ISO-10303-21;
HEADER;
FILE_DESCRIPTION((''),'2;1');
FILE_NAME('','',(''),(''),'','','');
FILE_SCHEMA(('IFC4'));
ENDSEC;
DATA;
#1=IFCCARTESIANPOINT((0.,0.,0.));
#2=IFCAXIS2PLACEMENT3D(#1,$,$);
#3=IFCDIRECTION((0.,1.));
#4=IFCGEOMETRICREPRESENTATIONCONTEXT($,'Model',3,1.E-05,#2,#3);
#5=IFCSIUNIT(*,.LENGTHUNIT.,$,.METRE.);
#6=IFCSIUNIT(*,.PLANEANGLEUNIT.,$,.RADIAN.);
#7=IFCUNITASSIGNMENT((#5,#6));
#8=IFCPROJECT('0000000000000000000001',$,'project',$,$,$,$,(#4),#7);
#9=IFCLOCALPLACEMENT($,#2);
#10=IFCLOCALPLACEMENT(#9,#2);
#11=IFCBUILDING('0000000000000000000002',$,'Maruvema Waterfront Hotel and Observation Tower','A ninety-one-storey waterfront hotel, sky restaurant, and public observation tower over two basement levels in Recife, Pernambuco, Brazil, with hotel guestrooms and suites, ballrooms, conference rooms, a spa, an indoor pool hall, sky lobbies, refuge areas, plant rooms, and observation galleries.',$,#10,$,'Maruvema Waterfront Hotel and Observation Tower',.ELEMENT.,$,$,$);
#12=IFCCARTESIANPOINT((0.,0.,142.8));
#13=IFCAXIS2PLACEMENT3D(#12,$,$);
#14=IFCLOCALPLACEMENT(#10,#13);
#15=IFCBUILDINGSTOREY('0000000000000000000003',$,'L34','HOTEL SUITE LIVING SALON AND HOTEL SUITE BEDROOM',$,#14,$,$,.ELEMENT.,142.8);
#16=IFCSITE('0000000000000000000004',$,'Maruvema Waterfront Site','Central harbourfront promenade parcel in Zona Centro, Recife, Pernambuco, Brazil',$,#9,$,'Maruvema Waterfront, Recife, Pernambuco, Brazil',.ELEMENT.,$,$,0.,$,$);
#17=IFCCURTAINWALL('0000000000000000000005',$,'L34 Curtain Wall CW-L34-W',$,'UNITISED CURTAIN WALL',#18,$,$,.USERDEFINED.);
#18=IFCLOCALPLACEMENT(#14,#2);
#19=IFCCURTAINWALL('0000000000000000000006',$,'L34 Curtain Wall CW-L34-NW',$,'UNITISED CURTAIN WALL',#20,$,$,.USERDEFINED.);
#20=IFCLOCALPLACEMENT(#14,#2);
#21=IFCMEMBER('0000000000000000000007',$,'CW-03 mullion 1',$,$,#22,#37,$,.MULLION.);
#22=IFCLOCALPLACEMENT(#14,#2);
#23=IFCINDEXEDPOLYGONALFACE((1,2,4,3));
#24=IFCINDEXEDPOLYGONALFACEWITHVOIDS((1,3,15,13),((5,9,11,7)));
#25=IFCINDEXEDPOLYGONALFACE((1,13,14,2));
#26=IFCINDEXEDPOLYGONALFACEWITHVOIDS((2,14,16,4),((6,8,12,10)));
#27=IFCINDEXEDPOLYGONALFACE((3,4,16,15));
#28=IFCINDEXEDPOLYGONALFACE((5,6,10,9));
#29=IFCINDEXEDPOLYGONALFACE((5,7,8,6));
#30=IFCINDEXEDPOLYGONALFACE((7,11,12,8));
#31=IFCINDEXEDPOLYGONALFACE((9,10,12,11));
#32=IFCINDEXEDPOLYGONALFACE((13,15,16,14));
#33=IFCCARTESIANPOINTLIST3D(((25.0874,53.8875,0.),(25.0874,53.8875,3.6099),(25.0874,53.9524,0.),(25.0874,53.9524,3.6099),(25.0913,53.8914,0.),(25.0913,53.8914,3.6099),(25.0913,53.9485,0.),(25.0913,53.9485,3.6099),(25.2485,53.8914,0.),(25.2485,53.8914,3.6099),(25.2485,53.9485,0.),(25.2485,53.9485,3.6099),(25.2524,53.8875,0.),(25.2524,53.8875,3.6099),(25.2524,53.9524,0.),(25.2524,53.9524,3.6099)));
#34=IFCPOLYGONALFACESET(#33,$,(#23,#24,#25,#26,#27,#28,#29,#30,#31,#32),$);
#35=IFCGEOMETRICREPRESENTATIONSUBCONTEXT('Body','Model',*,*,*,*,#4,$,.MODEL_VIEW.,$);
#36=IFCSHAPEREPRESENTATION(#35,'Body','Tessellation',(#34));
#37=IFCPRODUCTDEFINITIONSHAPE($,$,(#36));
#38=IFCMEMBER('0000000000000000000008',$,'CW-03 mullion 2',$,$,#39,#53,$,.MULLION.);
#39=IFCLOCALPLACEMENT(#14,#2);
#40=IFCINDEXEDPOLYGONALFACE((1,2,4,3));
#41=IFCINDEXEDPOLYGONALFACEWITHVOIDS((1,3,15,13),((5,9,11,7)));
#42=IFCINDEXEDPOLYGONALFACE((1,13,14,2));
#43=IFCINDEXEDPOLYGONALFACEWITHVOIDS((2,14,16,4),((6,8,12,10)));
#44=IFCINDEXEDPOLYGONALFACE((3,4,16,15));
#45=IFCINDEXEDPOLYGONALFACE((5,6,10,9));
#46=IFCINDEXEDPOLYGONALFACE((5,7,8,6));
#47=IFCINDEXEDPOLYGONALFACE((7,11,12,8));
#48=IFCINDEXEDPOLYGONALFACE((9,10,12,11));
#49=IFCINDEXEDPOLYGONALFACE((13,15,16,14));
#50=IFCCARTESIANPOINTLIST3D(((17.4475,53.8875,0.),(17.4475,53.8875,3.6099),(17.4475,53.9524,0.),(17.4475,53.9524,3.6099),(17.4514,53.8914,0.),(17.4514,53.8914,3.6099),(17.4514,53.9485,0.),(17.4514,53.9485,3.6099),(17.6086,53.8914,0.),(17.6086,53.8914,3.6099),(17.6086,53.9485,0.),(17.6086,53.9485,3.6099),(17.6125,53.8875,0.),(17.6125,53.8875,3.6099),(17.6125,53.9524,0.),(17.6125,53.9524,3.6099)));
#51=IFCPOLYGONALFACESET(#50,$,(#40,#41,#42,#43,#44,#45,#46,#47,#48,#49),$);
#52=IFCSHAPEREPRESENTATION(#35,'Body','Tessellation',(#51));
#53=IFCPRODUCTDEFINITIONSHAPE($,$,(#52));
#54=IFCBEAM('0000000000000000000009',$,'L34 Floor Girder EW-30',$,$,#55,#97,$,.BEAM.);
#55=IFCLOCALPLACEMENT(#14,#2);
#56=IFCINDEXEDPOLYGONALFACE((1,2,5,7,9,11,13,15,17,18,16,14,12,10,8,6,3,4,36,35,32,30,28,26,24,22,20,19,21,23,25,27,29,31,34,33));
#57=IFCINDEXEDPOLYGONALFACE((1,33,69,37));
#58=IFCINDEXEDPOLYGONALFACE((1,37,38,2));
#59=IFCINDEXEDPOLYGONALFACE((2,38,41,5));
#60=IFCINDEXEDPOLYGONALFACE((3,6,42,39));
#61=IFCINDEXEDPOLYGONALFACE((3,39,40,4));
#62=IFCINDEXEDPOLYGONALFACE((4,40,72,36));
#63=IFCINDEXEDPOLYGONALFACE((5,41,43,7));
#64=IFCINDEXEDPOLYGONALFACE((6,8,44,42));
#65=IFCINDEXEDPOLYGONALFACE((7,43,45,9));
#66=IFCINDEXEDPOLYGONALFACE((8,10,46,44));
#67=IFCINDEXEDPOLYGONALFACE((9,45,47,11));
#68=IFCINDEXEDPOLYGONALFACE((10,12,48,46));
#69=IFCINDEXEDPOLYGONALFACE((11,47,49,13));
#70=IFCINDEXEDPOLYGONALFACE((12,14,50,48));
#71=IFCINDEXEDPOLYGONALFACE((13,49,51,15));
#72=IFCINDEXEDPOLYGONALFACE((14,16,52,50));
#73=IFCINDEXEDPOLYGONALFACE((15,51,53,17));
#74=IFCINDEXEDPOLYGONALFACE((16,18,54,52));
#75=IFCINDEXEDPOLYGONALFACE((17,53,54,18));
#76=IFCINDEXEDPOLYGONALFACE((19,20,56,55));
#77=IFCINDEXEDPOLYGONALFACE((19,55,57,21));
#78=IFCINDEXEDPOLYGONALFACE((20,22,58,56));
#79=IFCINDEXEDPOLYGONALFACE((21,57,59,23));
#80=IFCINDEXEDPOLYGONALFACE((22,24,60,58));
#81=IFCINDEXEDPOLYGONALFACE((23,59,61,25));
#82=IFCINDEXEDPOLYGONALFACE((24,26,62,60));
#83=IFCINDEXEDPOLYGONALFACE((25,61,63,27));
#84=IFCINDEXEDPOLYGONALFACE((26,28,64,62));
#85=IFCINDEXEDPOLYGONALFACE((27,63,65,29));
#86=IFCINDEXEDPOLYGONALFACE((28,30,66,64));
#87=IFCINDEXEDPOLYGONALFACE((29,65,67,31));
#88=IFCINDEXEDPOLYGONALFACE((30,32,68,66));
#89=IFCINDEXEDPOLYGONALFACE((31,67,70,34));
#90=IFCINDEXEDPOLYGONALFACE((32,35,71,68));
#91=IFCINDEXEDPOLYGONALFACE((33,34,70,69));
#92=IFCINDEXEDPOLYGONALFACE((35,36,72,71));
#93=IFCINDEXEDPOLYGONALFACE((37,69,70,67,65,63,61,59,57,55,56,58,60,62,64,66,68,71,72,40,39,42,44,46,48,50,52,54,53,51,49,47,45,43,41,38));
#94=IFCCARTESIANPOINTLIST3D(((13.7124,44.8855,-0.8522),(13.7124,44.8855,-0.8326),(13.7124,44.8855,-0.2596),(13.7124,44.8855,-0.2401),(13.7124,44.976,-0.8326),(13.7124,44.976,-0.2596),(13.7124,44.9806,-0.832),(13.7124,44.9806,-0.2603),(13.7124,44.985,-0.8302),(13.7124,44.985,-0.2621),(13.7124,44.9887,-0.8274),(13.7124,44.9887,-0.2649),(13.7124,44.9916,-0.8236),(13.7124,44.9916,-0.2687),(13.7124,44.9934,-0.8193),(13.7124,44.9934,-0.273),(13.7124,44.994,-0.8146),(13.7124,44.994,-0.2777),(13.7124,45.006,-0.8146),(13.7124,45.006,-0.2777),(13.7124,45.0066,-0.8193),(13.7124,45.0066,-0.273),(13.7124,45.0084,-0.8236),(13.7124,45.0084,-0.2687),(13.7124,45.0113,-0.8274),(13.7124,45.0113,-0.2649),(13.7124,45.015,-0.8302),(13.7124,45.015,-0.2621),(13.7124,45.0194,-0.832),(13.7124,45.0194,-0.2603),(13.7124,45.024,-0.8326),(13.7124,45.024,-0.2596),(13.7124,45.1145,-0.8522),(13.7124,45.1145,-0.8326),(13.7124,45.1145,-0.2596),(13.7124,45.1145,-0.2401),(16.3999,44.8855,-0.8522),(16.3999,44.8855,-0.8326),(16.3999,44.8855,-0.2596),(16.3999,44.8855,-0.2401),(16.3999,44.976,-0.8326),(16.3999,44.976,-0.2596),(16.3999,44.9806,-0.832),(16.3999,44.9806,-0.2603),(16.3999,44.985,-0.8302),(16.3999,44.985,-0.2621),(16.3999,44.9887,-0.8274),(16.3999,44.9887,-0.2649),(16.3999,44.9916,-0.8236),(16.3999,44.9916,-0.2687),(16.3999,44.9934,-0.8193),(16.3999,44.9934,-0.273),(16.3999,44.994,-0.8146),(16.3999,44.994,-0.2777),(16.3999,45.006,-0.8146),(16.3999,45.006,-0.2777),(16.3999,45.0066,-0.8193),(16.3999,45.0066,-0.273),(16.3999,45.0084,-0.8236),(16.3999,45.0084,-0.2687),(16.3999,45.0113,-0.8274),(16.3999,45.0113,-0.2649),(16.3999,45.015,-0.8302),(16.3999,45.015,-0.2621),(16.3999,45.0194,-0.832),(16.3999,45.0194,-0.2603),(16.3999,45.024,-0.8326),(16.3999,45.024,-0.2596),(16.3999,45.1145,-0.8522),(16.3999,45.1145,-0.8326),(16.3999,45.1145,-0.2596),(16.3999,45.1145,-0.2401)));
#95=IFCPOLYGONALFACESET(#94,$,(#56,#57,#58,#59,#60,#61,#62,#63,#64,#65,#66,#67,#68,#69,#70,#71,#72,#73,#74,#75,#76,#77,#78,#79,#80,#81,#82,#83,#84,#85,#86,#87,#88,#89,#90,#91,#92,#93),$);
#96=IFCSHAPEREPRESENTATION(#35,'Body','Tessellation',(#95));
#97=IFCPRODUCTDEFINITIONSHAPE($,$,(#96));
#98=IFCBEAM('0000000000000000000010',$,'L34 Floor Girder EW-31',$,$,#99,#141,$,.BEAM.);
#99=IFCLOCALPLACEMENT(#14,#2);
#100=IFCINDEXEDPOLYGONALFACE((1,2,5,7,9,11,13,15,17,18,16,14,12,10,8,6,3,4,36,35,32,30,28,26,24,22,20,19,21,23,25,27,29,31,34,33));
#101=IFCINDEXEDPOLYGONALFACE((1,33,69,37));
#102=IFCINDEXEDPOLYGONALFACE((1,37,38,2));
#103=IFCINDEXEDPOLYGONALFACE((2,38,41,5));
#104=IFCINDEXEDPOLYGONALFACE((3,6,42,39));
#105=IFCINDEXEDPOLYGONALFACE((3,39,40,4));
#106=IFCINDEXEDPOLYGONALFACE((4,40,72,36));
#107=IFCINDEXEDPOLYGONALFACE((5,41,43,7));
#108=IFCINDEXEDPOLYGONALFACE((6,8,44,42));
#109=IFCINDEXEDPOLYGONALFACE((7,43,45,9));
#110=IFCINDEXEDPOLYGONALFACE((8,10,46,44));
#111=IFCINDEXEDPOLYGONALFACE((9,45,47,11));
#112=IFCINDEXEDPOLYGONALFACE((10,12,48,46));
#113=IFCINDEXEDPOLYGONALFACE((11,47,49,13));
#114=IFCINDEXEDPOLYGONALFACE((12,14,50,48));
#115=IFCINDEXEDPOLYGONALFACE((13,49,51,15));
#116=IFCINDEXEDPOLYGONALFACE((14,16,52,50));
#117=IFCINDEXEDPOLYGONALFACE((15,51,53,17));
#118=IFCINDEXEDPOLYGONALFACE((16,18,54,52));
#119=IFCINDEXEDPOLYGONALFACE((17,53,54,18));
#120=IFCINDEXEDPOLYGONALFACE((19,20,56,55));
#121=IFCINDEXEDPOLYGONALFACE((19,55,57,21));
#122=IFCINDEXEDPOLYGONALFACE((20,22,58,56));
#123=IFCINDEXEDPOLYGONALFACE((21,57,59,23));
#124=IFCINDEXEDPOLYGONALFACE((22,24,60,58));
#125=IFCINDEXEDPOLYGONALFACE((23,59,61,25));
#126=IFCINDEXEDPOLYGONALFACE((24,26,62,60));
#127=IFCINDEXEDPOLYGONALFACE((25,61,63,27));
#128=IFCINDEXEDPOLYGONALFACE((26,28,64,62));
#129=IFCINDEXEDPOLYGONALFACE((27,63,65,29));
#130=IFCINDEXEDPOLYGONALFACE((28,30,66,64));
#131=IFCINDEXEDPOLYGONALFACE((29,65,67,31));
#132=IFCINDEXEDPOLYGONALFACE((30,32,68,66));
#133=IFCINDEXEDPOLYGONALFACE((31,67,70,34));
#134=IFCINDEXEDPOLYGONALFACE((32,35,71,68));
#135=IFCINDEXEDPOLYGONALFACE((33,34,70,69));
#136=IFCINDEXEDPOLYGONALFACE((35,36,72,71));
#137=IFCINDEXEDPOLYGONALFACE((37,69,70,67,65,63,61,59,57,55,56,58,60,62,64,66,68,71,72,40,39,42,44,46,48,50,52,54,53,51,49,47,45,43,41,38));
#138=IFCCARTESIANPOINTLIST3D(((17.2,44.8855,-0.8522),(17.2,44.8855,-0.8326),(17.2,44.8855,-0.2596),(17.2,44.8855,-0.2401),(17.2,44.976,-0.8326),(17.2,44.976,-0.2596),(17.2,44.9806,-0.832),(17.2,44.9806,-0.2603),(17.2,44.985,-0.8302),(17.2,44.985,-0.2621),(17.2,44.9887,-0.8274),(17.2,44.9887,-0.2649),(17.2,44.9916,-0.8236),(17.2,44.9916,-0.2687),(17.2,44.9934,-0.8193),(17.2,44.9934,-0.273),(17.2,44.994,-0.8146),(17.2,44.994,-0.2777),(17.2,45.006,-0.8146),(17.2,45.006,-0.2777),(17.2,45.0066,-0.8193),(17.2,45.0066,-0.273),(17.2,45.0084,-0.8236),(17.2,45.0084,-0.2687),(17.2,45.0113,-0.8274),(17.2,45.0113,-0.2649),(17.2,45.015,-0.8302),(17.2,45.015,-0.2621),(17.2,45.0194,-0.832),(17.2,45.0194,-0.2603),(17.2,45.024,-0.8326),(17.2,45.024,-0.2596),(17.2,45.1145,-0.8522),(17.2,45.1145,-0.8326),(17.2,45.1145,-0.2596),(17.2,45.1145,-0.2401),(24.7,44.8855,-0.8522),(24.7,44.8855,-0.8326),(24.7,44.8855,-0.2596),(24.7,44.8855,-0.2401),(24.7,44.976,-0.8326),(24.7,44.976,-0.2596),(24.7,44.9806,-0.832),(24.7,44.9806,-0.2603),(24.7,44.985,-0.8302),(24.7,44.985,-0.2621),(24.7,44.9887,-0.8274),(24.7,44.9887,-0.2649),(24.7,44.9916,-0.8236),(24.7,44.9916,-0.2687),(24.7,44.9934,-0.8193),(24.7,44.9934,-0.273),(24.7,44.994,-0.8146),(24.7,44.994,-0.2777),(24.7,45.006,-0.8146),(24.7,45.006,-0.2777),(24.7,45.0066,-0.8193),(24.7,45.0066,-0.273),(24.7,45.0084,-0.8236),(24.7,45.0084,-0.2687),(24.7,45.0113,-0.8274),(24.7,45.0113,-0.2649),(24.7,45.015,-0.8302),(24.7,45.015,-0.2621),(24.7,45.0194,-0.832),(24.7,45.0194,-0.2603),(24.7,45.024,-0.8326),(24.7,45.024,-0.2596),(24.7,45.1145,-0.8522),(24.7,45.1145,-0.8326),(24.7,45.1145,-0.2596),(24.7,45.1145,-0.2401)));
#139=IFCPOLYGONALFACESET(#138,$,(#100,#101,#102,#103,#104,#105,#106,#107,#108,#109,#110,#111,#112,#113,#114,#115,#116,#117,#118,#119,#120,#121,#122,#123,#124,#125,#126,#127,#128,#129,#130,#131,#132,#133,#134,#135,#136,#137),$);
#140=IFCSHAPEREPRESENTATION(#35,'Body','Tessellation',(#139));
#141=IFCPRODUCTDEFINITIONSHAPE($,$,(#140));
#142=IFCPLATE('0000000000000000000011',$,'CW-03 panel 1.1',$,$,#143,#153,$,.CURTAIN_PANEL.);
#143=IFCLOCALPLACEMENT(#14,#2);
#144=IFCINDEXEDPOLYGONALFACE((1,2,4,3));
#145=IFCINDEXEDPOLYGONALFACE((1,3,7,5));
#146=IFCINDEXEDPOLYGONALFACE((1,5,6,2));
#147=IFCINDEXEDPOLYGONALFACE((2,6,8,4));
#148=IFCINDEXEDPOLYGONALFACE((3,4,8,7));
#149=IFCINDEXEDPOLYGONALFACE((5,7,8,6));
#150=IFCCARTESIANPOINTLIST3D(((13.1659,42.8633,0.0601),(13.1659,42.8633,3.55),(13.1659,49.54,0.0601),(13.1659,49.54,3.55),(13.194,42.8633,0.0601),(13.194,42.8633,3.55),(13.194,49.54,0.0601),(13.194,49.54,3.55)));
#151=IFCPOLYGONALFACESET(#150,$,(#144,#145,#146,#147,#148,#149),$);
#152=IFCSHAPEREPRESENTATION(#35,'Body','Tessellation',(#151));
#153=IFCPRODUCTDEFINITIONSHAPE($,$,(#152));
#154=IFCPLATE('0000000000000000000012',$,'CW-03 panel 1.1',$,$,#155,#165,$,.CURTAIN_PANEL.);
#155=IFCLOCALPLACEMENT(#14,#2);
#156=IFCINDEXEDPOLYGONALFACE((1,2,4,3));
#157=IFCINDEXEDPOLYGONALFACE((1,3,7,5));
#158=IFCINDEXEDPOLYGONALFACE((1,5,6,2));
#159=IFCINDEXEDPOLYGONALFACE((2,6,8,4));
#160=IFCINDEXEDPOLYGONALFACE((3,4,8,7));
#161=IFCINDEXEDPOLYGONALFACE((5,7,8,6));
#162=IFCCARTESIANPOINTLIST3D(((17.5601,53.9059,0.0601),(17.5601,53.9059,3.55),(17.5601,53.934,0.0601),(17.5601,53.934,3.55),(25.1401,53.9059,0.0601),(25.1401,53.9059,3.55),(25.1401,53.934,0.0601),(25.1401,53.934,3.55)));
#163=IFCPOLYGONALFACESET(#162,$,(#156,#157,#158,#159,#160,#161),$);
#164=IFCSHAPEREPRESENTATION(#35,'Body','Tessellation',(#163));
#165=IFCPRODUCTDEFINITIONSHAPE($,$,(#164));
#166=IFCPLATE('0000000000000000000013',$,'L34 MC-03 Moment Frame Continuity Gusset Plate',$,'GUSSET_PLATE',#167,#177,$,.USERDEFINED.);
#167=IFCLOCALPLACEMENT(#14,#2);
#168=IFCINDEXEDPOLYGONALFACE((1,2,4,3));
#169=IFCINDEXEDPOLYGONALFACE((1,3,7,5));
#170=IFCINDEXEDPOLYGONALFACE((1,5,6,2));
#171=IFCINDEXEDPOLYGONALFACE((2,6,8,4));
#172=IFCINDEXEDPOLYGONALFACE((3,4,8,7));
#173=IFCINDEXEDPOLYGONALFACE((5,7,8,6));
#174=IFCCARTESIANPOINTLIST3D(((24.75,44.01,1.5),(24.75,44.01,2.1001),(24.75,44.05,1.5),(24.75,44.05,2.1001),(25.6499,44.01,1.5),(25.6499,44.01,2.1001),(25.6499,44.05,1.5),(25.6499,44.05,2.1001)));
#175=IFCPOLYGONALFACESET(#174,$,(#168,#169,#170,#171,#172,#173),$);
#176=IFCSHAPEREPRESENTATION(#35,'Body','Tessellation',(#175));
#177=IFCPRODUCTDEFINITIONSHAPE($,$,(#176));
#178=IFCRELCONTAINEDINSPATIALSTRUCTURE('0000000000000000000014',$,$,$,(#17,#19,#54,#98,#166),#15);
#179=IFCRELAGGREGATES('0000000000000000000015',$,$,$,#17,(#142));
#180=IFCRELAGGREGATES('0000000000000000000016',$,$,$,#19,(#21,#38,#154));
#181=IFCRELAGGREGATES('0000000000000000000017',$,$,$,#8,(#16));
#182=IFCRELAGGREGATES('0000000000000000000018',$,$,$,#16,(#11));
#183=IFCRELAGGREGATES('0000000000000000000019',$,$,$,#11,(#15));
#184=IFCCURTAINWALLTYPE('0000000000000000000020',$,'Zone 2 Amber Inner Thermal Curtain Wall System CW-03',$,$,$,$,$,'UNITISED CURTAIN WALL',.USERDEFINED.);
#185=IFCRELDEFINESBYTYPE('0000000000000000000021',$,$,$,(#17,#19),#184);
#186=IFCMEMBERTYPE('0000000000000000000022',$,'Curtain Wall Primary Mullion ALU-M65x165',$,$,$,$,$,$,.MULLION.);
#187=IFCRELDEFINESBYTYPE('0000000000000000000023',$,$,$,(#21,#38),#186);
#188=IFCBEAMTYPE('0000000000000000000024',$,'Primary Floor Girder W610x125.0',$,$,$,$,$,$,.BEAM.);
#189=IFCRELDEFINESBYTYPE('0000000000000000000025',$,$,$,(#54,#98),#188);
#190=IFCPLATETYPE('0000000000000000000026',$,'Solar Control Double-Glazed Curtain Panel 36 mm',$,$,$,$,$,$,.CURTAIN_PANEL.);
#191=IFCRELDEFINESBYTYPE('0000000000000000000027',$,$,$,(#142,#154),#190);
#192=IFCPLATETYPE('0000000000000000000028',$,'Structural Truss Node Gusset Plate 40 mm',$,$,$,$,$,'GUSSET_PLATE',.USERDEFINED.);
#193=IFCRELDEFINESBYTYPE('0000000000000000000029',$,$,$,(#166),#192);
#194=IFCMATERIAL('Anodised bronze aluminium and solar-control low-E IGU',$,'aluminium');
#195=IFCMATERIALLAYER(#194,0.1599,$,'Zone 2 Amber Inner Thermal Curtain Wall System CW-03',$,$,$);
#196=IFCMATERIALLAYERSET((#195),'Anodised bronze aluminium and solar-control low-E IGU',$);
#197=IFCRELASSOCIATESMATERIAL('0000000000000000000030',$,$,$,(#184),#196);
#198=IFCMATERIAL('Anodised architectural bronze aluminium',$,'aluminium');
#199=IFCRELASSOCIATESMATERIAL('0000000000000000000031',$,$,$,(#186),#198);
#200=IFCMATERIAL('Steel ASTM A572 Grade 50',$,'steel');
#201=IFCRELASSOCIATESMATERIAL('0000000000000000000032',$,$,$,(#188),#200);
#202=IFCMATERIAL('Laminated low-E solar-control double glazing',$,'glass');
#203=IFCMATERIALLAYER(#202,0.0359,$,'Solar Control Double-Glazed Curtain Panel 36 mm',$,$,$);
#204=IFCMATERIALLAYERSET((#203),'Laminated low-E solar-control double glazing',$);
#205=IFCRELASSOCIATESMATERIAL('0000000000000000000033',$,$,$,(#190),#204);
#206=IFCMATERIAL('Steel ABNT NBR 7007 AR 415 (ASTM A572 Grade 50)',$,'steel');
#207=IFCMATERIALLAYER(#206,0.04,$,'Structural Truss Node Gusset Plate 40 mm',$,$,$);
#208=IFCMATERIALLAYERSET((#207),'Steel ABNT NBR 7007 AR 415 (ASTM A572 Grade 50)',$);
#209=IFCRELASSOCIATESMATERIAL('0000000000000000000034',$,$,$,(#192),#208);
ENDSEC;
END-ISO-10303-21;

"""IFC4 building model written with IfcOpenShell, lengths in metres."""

from ifc_helpers import new_model, si_unit, direction, frame, origin, origin_2d, place, context, subcontext, project, spatial, rectangle, hollow_rectangle, i_section, extrude, material, layer, layer_set, material_profile, profile_set, type_object, element, aggregate, save


model = new_model("IFC4")

# Units and contexts
model_context = context("Model", 3, precision=1e-05, world=origin(), true_north=direction((0.0, 1.0)))
body_context = subcontext(model_context, "Body", "Model", "MODEL_VIEW")
ifc_project = project(units=[si_unit("LENGTHUNIT", "METRE"), si_unit("PLANEANGLEUNIT", "RADIAN")], contexts=[model_context])

# Site, building, storey
site_placement = place(None, origin())
site = spatial("IfcSite", under=ifc_project, at=site_placement, Name="Maruvema Waterfront Site", Description="Central harbourfront promenade parcel in Zona Centro, Recife, Pernambuco, Brazil", LongName="Maruvema Waterfront, Recife, Pernambuco, Brazil", CompositionType="ELEMENT", RefElevation=0.0)
building_placement = place(site_placement, origin())
building = spatial("IfcBuilding", under=site, at=building_placement, Name="Maruvema Waterfront Hotel and Observation Tower", Description="A ninety-one-storey waterfront hotel, sky restaurant, and public observation tower over two basement levels in Recife, Pernambuco, Brazil, with hotel guestrooms and suites, ballrooms, conference rooms, a spa, an indoor pool hall, sky lobbies, refuge areas, plant rooms, and observation galleries.", LongName="Maruvema Waterfront Hotel and Observation Tower", CompositionType="ELEMENT")
storey_placement = place(building_placement, frame((0.0, 0.0, 142.8)))
storey = spatial("IfcBuildingStorey", under=building, at=storey_placement, Name="L34", Description="HOTEL SUITE LIVING SALON AND HOTEL SUITE BEDROOM", CompositionType="ELEMENT", Elevation=142.8)

# Curtain walls
ifc_material_1 = material(Name="Anodised bronze aluminium and solar-control low-E IGU", Category="aluminium")
ifc_layer_1 = layer(ifc_material_1, 0.1599, Name="Zone 2 Amber Inner Thermal Curtain Wall System CW-03")
ifc_layer_set_1 = layer_set([ifc_layer_1], Name="Anodised bronze aluminium and solar-control low-E IGU")
curtain_wall_type = type_object("IfcCurtainWallType", Name="Zone 2 Amber Inner Thermal Curtain Wall System CW-03", ElementType="UNITISED CURTAIN WALL", PredefinedType="USERDEFINED", material=ifc_layer_set_1)
curtain_wall_1_placement = place(storey_placement, origin())
curtain_wall_1 = element("IfcCurtainWall", 1, at=curtain_wall_1_placement, inside=storey, type_object=curtain_wall_type, Name="L34 Curtain Wall CW-L34-W", ObjectType="UNITISED CURTAIN WALL", PredefinedType="USERDEFINED")
curtain_wall_2_placement = place(storey_placement, origin())
curtain_wall_2 = element("IfcCurtainWall", 2, at=curtain_wall_2_placement, inside=storey, type_object=curtain_wall_type, Name="L34 Curtain Wall CW-L34-NW", ObjectType="UNITISED CURTAIN WALL", PredefinedType="USERDEFINED")

# Members
ifc_material_2 = material(Name="Anodised architectural bronze aluminium", Category="aluminium")
ifc_material_profile_1 = material_profile(ifc_material_2, hollow_rectangle(XDim=0.0649, YDim=0.165, WallThickness=0.0039, at=origin_2d()), Name="ALU-M65x165")
ifc_profile_set_1 = profile_set([ifc_material_profile_1], Name="Anodised architectural bronze aluminium")
member_type_1 = type_object("IfcMemberType", Name="Curtain Wall Primary Mullion ALU-M65x165", PredefinedType="MULLION", material=ifc_profile_set_1)
member_1_placement = place(storey_placement, frame((25.1699, 53.9199, 0.0), z_axis=(0.0, 0.0, 1.0), x_axis=(0.0, -1.0, 0.0)))
member_1 = element("IfcMember", 3, at=member_1_placement, type_object=member_type_1, Name="CW-03 mullion 1", PredefinedType="MULLION", context=body_context, shape_type="SweptSolid", body=[
    extrude(hollow_rectangle(XDim=0.0649, YDim=0.165, WallThickness=0.0039, at=origin_2d()), origin(), (0.0, 0.0, 1.0), 3.6099),
])
member_2_placement = place(storey_placement, frame((17.53, 53.9199, 0.0), z_axis=(0.0, 0.0, 1.0), x_axis=(0.0, -1.0, 0.0)))
member_2 = element("IfcMember", 4, at=member_2_placement, type_object=member_type_1, Name="CW-03 mullion 2", PredefinedType="MULLION", context=body_context, shape_type="SweptSolid", body=[
    extrude(hollow_rectangle(XDim=0.0649, YDim=0.165, WallThickness=0.0039, at=origin_2d()), origin(), (0.0, 0.0, 1.0), 3.6099),
])

# Beams
ifc_material_3 = material(Name="Steel ASTM A572 Grade 50", Category="steel")
ifc_material_profile_2 = material_profile(ifc_material_3, i_section(OverallWidth=0.229, OverallDepth=0.6121, WebThickness=0.012, FlangeThickness=0.0195, FilletRadius=0.0181, at=origin_2d()), Name="W610x125.0")
ifc_profile_set_2 = profile_set([ifc_material_profile_2], Name="Steel ASTM A572 Grade 50")
beam_type = type_object("IfcBeamType", Name="Primary Floor Girder W610x125.0", PredefinedType="BEAM", material=ifc_profile_set_2)
beam_1_placement = place(storey_placement, frame((13.7124, 45.0, -0.5461), z_axis=(1.0, 0.0, 0.0), x_axis=(0.0, 1.0, 0.0)))
element("IfcBeam", 5, at=beam_1_placement, inside=storey, type_object=beam_type, Name="L34 Floor Girder EW-30", PredefinedType="BEAM", context=body_context, shape_type="SweptSolid", body=[
    extrude(i_section(OverallWidth=0.229, OverallDepth=0.6121, WebThickness=0.012, FlangeThickness=0.0195, FilletRadius=0.0181, at=origin_2d()), origin(), (0.0, 0.0, 1.0), 2.6875),
])
beam_2_placement = place(storey_placement, frame((17.2, 45.0, -0.5461), z_axis=(1.0, 0.0, 0.0), x_axis=(0.0, 1.0, 0.0)))
element("IfcBeam", 6, at=beam_2_placement, inside=storey, type_object=beam_type, Name="L34 Floor Girder EW-31", PredefinedType="BEAM", context=body_context, shape_type="SweptSolid", body=[
    extrude(i_section(OverallWidth=0.229, OverallDepth=0.6121, WebThickness=0.012, FlangeThickness=0.0195, FilletRadius=0.0181, at=origin_2d()), origin(), (0.0, 0.0, 1.0), 7.5),
])

# Plates
ifc_material_4 = material(Name="Laminated low-E solar-control double glazing", Category="glass")
ifc_layer_2 = layer(ifc_material_4, 0.0359, Name="Solar Control Double-Glazed Curtain Panel 36 mm")
ifc_layer_set_2 = layer_set([ifc_layer_2], Name="Laminated low-E solar-control double glazing")
plate_type_1 = type_object("IfcPlateType", Name="Solar Control Double-Glazed Curtain Panel 36 mm", PredefinedType="CURTAIN_PANEL", material=ifc_layer_set_2)
plate_1_placement = place(storey_placement, frame((13.1799, 46.2017, 0.0601), z_axis=(0.0, 0.0, 1.0), x_axis=(0.0, -1.0, 0.0)))
plate_1 = element("IfcPlate", 7, at=plate_1_placement, type_object=plate_type_1, Name="CW-03 panel 1.1", PredefinedType="CURTAIN_PANEL", context=body_context, shape_type="SweptSolid", body=[
    extrude(rectangle(XDim=6.6768, YDim=0.0281, at=origin_2d()), origin(), (0.0, 0.0, 1.0), 3.49),
])
aggregate(curtain_wall_1, [plate_1])
plate_2_placement = place(storey_placement, frame((21.3501, 53.9199, 0.0601), z_axis=(0.0, 0.0, 1.0), x_axis=(-1.0, 0.0, 0.0)))
plate_2 = element("IfcPlate", 8, at=plate_2_placement, type_object=plate_type_1, Name="CW-03 panel 1.1", PredefinedType="CURTAIN_PANEL", context=body_context, shape_type="SweptSolid", body=[
    extrude(rectangle(XDim=7.5801, YDim=0.0281, at=origin_2d()), origin(), (0.0, 0.0, 1.0), 3.49),
])
aggregate(curtain_wall_2, [member_1, member_2, plate_2])
ifc_material_5 = material(Name="Steel ABNT NBR 7007 AR 415 (ASTM A572 Grade 50)", Category="steel")
ifc_layer_3 = layer(ifc_material_5, 0.04, Name="Structural Truss Node Gusset Plate 40 mm")
ifc_layer_set_3 = layer_set([ifc_layer_3], Name="Steel ABNT NBR 7007 AR 415 (ASTM A572 Grade 50)")
plate_type_2 = type_object("IfcPlateType", Name="Structural Truss Node Gusset Plate 40 mm", ElementType="GUSSET_PLATE", PredefinedType="USERDEFINED", material=ifc_layer_set_3)
plate_3_placement = place(storey_placement, frame((25.2, 44.03, 1.5), z_axis=(0.0, 0.0, 1.0), x_axis=(1.0, 0.0, 0.0)))
element("IfcPlate", 9, at=plate_3_placement, inside=storey, type_object=plate_type_2, Name="L34 MC-03 Moment Frame Continuity Gusset Plate", ObjectType="GUSSET_PLATE", PredefinedType="USERDEFINED", context=body_context, shape_type="SweptSolid", body=[
    extrude(rectangle(XDim=0.8999, YDim=0.04, at=origin_2d()), origin(), (0.0, 0.0, 1.0), 0.6001),
])

save(model, "model.ifc")
